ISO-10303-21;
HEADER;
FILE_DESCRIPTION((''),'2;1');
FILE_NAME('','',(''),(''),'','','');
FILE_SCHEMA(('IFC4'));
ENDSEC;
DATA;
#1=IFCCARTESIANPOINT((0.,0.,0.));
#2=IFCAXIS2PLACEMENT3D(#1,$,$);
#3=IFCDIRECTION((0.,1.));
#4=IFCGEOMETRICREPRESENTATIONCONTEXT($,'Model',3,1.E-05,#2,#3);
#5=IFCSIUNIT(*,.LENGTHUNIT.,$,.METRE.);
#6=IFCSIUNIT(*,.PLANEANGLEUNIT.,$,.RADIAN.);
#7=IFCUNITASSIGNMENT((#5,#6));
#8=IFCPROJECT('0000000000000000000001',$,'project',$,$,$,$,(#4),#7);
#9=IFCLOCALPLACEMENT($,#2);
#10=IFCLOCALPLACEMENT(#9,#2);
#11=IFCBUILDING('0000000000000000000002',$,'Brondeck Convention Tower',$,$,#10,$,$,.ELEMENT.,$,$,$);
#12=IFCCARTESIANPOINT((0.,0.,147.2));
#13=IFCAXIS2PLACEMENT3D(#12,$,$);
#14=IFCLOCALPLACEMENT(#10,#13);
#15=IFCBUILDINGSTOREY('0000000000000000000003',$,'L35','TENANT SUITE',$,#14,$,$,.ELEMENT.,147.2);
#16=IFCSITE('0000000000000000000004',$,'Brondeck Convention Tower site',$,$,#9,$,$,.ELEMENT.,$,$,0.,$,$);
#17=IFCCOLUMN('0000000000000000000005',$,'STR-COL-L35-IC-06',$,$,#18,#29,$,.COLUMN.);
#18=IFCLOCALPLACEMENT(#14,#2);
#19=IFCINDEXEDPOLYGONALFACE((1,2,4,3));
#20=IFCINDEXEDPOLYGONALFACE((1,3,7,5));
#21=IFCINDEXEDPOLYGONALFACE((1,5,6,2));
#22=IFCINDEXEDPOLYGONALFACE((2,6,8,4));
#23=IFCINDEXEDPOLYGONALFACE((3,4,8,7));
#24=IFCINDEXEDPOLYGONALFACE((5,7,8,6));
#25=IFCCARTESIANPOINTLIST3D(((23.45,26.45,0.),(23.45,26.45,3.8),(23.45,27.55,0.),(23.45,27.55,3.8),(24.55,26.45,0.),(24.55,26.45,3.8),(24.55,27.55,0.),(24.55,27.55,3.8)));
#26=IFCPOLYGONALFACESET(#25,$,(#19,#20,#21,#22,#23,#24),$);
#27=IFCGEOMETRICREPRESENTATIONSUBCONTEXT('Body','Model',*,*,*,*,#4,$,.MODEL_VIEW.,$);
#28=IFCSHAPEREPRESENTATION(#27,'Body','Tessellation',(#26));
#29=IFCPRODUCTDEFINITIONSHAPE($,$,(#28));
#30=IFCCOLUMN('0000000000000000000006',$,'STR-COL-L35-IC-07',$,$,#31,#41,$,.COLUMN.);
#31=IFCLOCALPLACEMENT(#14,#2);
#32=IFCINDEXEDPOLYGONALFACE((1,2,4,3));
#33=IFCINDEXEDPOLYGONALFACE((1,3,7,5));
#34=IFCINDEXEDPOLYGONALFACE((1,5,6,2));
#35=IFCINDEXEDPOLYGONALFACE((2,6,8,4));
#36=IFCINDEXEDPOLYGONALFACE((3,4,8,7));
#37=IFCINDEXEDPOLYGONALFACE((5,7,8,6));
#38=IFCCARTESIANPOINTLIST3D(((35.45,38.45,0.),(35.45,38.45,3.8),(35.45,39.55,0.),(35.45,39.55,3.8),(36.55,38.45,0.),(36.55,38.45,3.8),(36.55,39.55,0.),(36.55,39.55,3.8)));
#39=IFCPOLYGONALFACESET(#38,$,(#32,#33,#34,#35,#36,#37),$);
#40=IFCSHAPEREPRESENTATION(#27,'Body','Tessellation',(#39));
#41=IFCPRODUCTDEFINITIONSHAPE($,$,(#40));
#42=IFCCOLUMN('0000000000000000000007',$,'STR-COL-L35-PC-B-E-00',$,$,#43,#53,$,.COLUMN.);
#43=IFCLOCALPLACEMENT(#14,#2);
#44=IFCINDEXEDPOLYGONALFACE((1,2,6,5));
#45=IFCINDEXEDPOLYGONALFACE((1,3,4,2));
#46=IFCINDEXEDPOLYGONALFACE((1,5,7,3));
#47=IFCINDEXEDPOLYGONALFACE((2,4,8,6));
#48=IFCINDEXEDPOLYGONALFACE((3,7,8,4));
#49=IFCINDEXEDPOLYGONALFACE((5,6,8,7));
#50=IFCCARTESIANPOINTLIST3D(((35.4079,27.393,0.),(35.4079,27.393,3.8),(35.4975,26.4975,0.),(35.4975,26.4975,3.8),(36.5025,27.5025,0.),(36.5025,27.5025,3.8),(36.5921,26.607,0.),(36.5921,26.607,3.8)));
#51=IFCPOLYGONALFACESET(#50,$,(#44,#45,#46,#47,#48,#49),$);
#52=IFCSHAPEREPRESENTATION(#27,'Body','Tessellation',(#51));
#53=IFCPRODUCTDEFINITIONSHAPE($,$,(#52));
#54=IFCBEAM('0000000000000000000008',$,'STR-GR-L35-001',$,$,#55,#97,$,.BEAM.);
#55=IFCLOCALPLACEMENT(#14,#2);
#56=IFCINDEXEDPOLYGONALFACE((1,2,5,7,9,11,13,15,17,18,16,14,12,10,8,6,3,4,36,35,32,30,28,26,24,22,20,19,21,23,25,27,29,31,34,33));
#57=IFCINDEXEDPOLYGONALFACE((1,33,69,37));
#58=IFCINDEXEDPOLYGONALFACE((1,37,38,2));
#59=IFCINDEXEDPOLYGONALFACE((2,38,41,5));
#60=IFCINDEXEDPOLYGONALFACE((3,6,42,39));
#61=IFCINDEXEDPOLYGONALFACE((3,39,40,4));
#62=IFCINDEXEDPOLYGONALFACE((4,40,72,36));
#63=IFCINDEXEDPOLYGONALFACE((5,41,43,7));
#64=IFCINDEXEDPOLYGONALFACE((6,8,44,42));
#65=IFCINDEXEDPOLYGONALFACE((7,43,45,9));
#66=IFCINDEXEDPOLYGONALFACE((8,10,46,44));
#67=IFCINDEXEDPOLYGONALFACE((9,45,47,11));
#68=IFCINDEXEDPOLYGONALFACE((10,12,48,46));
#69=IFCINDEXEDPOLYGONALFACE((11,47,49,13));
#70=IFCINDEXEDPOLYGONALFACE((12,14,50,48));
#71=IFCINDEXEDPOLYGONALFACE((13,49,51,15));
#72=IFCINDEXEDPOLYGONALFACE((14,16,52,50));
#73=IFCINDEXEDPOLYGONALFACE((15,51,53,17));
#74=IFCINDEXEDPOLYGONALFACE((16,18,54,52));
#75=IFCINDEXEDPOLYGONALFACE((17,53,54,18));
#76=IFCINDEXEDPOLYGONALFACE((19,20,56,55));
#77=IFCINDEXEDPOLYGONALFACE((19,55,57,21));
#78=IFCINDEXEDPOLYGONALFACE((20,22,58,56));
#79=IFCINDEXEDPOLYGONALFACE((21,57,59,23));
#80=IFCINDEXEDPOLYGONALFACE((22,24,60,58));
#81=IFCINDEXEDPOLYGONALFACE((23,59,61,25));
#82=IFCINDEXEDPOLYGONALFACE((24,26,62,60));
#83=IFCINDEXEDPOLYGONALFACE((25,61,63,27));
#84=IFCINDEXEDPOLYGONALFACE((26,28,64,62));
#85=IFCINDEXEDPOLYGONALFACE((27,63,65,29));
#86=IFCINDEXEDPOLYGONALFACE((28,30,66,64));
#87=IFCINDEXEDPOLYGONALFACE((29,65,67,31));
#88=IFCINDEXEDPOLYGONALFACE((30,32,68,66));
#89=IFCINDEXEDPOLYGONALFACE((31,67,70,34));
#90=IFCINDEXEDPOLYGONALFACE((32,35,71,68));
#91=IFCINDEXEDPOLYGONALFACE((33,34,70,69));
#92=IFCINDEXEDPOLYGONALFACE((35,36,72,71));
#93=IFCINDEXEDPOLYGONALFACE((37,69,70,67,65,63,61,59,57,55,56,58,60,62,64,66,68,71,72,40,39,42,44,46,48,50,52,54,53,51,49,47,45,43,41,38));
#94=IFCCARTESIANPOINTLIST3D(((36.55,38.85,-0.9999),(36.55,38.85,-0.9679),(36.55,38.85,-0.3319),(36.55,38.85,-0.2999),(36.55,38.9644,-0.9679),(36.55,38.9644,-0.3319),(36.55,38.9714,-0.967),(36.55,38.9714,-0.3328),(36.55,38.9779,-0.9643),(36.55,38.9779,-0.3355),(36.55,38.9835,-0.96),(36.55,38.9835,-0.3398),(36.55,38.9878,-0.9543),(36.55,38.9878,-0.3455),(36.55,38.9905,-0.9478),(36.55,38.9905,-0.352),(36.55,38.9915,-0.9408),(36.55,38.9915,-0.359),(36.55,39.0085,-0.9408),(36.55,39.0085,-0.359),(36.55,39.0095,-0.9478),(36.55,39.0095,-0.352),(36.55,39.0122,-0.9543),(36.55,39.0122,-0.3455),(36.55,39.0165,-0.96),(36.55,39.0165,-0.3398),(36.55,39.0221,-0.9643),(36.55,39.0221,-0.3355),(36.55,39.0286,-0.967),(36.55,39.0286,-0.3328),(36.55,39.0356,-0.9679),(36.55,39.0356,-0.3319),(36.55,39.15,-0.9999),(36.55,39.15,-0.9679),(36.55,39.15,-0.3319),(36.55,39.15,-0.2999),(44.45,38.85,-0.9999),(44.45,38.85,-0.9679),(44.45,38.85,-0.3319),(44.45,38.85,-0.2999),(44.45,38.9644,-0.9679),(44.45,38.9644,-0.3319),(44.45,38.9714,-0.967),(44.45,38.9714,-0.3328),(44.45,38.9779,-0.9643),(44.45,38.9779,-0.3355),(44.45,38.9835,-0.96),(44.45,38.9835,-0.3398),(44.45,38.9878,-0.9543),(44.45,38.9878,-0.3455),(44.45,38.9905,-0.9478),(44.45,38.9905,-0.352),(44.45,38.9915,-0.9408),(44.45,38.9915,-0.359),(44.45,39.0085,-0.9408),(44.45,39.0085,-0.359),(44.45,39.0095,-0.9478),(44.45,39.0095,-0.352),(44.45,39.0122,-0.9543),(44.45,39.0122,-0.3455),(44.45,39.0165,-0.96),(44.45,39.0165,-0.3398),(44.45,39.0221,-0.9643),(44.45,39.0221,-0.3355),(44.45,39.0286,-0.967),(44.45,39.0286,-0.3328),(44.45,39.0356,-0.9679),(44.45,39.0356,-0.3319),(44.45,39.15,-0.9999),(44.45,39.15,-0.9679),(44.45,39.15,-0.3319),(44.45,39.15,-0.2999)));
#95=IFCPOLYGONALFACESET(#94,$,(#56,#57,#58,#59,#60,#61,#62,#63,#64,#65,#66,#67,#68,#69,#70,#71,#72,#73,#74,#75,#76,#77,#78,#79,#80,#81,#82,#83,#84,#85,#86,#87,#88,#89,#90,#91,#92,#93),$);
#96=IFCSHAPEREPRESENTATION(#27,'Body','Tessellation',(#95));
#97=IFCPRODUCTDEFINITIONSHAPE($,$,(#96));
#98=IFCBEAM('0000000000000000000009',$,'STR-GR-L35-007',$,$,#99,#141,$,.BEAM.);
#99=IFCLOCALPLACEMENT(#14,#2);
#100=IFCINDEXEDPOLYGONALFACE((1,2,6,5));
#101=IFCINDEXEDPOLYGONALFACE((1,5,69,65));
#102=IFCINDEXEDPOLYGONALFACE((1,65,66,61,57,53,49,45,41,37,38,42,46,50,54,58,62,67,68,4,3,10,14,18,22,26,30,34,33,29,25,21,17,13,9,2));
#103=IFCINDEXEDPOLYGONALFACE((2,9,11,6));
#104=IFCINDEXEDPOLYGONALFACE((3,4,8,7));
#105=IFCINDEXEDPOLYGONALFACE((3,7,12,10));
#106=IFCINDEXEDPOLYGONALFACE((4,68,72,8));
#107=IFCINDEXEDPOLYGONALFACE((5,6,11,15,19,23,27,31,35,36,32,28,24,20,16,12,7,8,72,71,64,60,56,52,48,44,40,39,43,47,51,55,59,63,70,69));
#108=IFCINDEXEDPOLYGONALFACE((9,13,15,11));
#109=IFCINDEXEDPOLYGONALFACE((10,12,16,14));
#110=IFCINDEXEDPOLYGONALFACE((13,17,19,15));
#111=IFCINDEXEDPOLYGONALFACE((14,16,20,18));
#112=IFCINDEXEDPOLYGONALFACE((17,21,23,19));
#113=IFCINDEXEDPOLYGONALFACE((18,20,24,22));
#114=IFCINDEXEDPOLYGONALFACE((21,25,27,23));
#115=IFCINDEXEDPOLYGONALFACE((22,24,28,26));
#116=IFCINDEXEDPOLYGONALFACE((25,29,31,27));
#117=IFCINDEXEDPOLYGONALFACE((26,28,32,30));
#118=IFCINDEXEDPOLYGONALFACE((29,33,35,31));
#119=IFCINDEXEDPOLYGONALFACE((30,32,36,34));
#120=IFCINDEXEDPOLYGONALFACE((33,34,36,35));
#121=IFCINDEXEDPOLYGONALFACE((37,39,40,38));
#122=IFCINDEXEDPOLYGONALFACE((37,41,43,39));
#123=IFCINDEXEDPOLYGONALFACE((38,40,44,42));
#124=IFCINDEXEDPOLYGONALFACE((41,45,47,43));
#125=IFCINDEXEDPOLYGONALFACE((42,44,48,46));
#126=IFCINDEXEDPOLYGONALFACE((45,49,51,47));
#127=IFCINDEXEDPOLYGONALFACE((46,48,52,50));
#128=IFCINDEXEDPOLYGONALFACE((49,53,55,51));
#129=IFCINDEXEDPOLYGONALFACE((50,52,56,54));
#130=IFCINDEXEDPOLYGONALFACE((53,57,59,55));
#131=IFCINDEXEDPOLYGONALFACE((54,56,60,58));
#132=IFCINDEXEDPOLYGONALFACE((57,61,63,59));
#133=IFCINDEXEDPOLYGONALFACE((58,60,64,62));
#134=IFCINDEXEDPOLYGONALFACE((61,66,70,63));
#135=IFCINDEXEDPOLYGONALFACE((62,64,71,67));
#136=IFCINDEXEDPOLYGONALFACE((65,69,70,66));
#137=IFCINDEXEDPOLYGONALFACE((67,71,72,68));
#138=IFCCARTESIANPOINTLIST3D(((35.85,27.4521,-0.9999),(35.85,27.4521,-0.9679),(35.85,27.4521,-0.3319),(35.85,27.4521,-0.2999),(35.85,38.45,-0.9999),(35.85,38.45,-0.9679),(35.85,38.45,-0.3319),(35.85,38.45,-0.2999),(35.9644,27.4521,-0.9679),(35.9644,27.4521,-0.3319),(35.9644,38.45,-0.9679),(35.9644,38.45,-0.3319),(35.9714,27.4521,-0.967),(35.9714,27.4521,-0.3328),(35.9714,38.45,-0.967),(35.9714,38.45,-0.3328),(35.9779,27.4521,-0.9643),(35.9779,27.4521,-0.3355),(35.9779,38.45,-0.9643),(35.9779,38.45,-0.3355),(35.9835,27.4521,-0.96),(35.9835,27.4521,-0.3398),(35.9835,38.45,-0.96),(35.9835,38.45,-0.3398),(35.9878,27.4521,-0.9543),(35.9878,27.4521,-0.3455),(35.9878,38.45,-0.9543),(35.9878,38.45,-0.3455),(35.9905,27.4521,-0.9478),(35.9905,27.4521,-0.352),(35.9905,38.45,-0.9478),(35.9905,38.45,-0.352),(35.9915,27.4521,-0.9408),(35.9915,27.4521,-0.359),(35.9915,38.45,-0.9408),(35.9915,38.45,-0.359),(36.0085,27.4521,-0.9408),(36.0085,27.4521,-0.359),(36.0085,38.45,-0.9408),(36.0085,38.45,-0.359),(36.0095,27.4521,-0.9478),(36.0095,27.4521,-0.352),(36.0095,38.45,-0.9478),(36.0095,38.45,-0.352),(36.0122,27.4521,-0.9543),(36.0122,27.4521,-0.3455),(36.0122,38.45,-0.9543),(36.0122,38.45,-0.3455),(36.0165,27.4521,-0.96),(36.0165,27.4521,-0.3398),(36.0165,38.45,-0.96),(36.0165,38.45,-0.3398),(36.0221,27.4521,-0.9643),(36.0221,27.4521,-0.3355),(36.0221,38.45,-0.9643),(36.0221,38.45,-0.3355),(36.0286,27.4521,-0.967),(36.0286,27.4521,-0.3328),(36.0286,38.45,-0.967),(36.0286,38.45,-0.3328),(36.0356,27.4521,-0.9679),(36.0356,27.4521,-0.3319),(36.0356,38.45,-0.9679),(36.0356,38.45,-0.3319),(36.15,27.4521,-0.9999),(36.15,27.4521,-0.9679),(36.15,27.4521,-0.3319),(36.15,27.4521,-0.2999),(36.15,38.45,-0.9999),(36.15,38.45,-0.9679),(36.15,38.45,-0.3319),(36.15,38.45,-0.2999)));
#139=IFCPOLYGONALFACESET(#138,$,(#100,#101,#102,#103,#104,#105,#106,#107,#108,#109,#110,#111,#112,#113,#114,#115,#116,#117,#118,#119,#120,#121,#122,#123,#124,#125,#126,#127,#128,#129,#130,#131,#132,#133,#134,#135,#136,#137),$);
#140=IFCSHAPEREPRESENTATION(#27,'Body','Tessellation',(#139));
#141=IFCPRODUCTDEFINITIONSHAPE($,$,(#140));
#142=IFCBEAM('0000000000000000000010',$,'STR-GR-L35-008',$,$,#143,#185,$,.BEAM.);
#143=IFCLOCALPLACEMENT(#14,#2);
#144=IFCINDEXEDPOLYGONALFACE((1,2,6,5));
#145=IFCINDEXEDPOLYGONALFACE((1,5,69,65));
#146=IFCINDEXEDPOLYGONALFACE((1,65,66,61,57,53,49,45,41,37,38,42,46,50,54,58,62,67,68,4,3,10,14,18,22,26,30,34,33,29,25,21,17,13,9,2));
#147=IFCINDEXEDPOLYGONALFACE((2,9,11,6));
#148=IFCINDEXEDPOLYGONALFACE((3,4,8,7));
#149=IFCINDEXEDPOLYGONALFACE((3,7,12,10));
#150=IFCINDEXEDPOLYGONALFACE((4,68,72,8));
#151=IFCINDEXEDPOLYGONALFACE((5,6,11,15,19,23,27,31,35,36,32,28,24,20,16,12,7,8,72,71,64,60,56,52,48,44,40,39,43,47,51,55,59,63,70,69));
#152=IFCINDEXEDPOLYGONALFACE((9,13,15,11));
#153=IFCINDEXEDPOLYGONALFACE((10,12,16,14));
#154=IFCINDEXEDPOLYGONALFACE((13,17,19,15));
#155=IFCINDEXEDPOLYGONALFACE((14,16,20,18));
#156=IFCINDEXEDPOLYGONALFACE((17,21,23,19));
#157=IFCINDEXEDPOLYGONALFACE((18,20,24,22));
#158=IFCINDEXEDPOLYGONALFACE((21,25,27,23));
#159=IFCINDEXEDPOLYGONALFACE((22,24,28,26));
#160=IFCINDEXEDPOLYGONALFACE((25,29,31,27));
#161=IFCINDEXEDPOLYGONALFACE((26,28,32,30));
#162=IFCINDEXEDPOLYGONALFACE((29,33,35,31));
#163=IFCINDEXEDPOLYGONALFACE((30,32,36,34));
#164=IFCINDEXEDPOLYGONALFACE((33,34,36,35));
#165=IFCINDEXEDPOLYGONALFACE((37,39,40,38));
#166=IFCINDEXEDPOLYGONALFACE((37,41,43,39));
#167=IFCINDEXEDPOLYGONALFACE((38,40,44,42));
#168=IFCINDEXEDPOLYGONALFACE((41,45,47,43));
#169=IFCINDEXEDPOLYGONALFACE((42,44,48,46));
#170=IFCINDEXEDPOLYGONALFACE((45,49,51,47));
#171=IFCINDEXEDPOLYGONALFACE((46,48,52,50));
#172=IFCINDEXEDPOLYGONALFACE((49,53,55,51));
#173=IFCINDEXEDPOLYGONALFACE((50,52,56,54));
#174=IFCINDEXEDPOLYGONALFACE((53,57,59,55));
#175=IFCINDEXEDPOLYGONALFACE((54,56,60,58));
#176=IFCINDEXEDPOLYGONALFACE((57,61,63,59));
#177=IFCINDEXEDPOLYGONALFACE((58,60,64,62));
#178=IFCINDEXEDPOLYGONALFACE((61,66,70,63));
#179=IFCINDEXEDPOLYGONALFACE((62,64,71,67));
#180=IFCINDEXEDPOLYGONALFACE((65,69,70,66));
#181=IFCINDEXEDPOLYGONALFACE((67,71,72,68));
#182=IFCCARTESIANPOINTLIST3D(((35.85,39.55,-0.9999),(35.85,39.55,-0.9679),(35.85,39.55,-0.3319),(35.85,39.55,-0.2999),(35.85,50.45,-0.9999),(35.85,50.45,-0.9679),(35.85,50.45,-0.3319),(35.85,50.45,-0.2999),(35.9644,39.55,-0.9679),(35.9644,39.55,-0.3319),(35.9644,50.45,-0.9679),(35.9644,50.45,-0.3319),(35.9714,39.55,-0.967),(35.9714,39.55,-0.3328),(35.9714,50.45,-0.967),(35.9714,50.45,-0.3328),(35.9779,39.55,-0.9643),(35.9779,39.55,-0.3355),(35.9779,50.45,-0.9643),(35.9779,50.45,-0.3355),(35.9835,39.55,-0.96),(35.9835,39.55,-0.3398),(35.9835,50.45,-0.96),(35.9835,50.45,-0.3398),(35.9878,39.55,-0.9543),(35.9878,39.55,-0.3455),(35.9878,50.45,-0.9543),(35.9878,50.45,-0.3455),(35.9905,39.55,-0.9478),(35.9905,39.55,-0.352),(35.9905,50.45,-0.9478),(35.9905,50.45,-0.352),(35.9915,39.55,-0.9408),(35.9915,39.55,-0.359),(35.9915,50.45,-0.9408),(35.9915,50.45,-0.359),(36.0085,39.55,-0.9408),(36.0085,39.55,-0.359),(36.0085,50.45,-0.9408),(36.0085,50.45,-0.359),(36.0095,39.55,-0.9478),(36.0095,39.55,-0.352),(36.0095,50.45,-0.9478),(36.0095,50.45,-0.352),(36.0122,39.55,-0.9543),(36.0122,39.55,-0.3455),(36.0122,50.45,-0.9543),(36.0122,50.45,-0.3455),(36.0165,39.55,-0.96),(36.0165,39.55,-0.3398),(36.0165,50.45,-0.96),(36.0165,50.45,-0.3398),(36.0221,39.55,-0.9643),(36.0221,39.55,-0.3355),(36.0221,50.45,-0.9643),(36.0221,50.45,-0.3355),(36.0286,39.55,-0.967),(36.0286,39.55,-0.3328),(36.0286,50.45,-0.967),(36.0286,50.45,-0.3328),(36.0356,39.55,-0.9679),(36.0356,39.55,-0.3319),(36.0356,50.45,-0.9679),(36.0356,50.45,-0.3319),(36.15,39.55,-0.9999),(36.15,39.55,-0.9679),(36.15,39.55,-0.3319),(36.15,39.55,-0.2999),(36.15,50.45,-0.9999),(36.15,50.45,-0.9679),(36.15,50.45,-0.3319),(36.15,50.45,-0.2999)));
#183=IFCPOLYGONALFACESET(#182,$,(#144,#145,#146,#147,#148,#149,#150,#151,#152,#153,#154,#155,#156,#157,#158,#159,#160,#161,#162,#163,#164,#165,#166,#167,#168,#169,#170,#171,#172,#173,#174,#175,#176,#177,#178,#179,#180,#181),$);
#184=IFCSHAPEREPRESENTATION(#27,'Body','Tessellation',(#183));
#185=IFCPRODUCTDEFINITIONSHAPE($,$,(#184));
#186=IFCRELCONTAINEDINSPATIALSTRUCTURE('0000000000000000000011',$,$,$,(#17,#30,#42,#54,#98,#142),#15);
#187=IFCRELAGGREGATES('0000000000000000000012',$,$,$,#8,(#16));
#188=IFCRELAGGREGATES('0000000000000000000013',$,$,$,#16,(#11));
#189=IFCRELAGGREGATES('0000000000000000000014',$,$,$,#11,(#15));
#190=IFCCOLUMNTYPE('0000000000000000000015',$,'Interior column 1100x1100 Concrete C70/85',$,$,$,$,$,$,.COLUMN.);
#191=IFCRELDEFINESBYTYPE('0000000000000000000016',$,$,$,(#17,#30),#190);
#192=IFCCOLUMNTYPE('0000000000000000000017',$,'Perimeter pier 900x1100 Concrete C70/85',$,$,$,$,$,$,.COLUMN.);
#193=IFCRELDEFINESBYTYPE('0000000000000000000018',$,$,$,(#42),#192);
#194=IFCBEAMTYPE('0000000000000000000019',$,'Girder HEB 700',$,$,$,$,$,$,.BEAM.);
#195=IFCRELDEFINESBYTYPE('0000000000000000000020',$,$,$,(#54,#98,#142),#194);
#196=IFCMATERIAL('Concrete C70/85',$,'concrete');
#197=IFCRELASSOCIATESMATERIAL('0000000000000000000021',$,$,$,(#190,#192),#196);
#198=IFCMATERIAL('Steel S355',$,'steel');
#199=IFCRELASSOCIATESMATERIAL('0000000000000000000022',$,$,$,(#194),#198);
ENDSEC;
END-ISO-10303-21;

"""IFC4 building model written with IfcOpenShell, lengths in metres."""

from ifc_helpers import new_model, si_unit, direction, frame, origin, origin_2d, place, context, subcontext, project, spatial, rectangle, i_section, extrude, material, material_profile, profile_set, type_object, element, save


model = new_model("IFC4")

# Units and contexts
model_context = context("Model", 3, precision=1e-05, world=origin(), true_north=direction((0.0, 1.0)))
body_context = subcontext(model_context, "Body", "Model", "MODEL_VIEW")
ifc_project = project(units=[si_unit("LENGTHUNIT", "METRE"), si_unit("PLANEANGLEUNIT", "RADIAN")], contexts=[model_context])

# Site, building, storey
site_placement = place(None, origin())
site = spatial("IfcSite", under=ifc_project, at=site_placement, Name="Brondeck Convention Tower site", CompositionType="ELEMENT", RefElevation=0.0)
building_placement = place(site_placement, origin())
building = spatial("IfcBuilding", under=site, at=building_placement, Name="Brondeck Convention Tower", CompositionType="ELEMENT")
storey_placement = place(building_placement, frame((0.0, 0.0, 147.2)))
storey = spatial("IfcBuildingStorey", under=building, at=storey_placement, Name="L35", Description="TENANT SUITE", CompositionType="ELEMENT", Elevation=147.2)

# Columns
ifc_material_1 = material(Name="Concrete C70/85", Category="concrete")
ifc_material_profile_1 = material_profile(ifc_material_1, rectangle(XDim=1.1001, YDim=1.1001, at=origin_2d()), Name="Interior column 1100x1100 Concrete C70/85")
ifc_profile_set_1 = profile_set([ifc_material_profile_1], Name="Concrete C70/85")
column_type_1 = type_object("IfcColumnType", Name="Interior column 1100x1100 Concrete C70/85", PredefinedType="COLUMN", material=ifc_profile_set_1)
for number, where, z_axis, x_axis, name in (
    (1, (24.0, 27.0, 0.0), (0.0, 0.0, 1.0), (1.0, 0.0, 0.0), "STR-COL-L35-IC-06"),
    (2, (36.0, 39.0, 0.0), (0.0, 0.0, 1.0), (1.0, 0.0, 0.0), "STR-COL-L35-IC-07"),
):
    element("IfcColumn", number, at=place(storey_placement, frame(where, z_axis=z_axis, x_axis=x_axis)), inside=storey, type_object=column_type_1, Name=name, PredefinedType="COLUMN", context=body_context, shape_type="SweptSolid", body=[
        extrude(rectangle(XDim=1.1001, YDim=1.1001, at=origin_2d()), origin(), (0.0, 0.0, 1.0), 3.8),
    ])
ifc_material_profile_2 = material_profile(ifc_material_1, rectangle(XDim=0.8999, YDim=1.1001, at=origin_2d()), Name="Perimeter pier 900x1100 Concrete C70/85")
ifc_profile_set_2 = profile_set([ifc_material_profile_2], Name="Concrete C70/85")
column_type_2 = type_object("IfcColumnType", Name="Perimeter pier 900x1100 Concrete C70/85", PredefinedType="COLUMN", material=ifc_profile_set_2)
column_placement = place(storey_placement, frame((36.0, 27.0, 0.0), z_axis=(0.0, 0.0, 1.0), x_axis=(-0.099504, 0.995037, 0.0)))
element("IfcColumn", 3, at=column_placement, inside=storey, type_object=column_type_2, Name="STR-COL-L35-PC-B-E-00", PredefinedType="COLUMN", context=body_context, shape_type="SweptSolid", body=[
    extrude(rectangle(XDim=0.8999, YDim=1.1001, at=origin_2d()), origin(), (0.0, 0.0, 1.0), 3.8),
])

# Beams
ifc_material_2 = material(Name="Steel S355", Category="steel")
ifc_material_profile_3 = material_profile(ifc_material_2, i_section(OverallWidth=0.3, OverallDepth=0.7, WebThickness=0.0171, FlangeThickness=0.032, FilletRadius=0.0271, at=origin_2d()), Name="HEB 700")
ifc_profile_set_3 = profile_set([ifc_material_profile_3], Name="Steel S355")
beam_type_1 = type_object("IfcBeamType", Name="Girder HEB 700", PredefinedType="BEAM", material=ifc_profile_set_3)
beam_1_placement = place(storey_placement, frame((36.55, 39.0, -0.6499), z_axis=(1.0, 0.0, 0.0), x_axis=(0.0, 1.0, 0.0)))
element("IfcBeam", 4, at=beam_1_placement, inside=storey, type_object=beam_type_1, Name="STR-GR-L35-001", PredefinedType="BEAM", context=body_context, shape_type="SweptSolid", body=[
    extrude(i_section(OverallWidth=0.3, OverallDepth=0.7, WebThickness=0.0171, FlangeThickness=0.032, FilletRadius=0.0271, at=origin_2d()), origin(), (0.0, 0.0, 1.0), 7.8999),
])
beam_2_placement = place(storey_placement, frame((36.0, 27.4521, -0.6499), z_axis=(0.0, 1.0, 0.0), x_axis=(-1.0, 0.0, 0.0)))
element("IfcBeam", 5, at=beam_2_placement, inside=storey, type_object=beam_type_1, Name="STR-GR-L35-007", PredefinedType="BEAM", context=body_context, shape_type="SweptSolid", body=[
    extrude(i_section(OverallWidth=0.3, OverallDepth=0.7, WebThickness=0.0171, FlangeThickness=0.032, FilletRadius=0.0271, at=origin_2d()), origin(), (0.0, 0.0, 1.0), 10.9978),
])
beam_3_placement = place(storey_placement, frame((36.0, 39.55, -0.6499), z_axis=(0.0, 1.0, 0.0), x_axis=(-1.0, 0.0, 0.0)))
element("IfcBeam", 6, at=beam_3_placement, inside=storey, type_object=beam_type_1, Name="STR-GR-L35-008", PredefinedType="BEAM", context=body_context, shape_type="SweptSolid", body=[
    extrude(i_section(OverallWidth=0.3, OverallDepth=0.7, WebThickness=0.0171, FlangeThickness=0.032, FilletRadius=0.0271, at=origin_2d()), origin(), (0.0, 0.0, 1.0), 10.8999),
])

save(model, "model.ifc")
